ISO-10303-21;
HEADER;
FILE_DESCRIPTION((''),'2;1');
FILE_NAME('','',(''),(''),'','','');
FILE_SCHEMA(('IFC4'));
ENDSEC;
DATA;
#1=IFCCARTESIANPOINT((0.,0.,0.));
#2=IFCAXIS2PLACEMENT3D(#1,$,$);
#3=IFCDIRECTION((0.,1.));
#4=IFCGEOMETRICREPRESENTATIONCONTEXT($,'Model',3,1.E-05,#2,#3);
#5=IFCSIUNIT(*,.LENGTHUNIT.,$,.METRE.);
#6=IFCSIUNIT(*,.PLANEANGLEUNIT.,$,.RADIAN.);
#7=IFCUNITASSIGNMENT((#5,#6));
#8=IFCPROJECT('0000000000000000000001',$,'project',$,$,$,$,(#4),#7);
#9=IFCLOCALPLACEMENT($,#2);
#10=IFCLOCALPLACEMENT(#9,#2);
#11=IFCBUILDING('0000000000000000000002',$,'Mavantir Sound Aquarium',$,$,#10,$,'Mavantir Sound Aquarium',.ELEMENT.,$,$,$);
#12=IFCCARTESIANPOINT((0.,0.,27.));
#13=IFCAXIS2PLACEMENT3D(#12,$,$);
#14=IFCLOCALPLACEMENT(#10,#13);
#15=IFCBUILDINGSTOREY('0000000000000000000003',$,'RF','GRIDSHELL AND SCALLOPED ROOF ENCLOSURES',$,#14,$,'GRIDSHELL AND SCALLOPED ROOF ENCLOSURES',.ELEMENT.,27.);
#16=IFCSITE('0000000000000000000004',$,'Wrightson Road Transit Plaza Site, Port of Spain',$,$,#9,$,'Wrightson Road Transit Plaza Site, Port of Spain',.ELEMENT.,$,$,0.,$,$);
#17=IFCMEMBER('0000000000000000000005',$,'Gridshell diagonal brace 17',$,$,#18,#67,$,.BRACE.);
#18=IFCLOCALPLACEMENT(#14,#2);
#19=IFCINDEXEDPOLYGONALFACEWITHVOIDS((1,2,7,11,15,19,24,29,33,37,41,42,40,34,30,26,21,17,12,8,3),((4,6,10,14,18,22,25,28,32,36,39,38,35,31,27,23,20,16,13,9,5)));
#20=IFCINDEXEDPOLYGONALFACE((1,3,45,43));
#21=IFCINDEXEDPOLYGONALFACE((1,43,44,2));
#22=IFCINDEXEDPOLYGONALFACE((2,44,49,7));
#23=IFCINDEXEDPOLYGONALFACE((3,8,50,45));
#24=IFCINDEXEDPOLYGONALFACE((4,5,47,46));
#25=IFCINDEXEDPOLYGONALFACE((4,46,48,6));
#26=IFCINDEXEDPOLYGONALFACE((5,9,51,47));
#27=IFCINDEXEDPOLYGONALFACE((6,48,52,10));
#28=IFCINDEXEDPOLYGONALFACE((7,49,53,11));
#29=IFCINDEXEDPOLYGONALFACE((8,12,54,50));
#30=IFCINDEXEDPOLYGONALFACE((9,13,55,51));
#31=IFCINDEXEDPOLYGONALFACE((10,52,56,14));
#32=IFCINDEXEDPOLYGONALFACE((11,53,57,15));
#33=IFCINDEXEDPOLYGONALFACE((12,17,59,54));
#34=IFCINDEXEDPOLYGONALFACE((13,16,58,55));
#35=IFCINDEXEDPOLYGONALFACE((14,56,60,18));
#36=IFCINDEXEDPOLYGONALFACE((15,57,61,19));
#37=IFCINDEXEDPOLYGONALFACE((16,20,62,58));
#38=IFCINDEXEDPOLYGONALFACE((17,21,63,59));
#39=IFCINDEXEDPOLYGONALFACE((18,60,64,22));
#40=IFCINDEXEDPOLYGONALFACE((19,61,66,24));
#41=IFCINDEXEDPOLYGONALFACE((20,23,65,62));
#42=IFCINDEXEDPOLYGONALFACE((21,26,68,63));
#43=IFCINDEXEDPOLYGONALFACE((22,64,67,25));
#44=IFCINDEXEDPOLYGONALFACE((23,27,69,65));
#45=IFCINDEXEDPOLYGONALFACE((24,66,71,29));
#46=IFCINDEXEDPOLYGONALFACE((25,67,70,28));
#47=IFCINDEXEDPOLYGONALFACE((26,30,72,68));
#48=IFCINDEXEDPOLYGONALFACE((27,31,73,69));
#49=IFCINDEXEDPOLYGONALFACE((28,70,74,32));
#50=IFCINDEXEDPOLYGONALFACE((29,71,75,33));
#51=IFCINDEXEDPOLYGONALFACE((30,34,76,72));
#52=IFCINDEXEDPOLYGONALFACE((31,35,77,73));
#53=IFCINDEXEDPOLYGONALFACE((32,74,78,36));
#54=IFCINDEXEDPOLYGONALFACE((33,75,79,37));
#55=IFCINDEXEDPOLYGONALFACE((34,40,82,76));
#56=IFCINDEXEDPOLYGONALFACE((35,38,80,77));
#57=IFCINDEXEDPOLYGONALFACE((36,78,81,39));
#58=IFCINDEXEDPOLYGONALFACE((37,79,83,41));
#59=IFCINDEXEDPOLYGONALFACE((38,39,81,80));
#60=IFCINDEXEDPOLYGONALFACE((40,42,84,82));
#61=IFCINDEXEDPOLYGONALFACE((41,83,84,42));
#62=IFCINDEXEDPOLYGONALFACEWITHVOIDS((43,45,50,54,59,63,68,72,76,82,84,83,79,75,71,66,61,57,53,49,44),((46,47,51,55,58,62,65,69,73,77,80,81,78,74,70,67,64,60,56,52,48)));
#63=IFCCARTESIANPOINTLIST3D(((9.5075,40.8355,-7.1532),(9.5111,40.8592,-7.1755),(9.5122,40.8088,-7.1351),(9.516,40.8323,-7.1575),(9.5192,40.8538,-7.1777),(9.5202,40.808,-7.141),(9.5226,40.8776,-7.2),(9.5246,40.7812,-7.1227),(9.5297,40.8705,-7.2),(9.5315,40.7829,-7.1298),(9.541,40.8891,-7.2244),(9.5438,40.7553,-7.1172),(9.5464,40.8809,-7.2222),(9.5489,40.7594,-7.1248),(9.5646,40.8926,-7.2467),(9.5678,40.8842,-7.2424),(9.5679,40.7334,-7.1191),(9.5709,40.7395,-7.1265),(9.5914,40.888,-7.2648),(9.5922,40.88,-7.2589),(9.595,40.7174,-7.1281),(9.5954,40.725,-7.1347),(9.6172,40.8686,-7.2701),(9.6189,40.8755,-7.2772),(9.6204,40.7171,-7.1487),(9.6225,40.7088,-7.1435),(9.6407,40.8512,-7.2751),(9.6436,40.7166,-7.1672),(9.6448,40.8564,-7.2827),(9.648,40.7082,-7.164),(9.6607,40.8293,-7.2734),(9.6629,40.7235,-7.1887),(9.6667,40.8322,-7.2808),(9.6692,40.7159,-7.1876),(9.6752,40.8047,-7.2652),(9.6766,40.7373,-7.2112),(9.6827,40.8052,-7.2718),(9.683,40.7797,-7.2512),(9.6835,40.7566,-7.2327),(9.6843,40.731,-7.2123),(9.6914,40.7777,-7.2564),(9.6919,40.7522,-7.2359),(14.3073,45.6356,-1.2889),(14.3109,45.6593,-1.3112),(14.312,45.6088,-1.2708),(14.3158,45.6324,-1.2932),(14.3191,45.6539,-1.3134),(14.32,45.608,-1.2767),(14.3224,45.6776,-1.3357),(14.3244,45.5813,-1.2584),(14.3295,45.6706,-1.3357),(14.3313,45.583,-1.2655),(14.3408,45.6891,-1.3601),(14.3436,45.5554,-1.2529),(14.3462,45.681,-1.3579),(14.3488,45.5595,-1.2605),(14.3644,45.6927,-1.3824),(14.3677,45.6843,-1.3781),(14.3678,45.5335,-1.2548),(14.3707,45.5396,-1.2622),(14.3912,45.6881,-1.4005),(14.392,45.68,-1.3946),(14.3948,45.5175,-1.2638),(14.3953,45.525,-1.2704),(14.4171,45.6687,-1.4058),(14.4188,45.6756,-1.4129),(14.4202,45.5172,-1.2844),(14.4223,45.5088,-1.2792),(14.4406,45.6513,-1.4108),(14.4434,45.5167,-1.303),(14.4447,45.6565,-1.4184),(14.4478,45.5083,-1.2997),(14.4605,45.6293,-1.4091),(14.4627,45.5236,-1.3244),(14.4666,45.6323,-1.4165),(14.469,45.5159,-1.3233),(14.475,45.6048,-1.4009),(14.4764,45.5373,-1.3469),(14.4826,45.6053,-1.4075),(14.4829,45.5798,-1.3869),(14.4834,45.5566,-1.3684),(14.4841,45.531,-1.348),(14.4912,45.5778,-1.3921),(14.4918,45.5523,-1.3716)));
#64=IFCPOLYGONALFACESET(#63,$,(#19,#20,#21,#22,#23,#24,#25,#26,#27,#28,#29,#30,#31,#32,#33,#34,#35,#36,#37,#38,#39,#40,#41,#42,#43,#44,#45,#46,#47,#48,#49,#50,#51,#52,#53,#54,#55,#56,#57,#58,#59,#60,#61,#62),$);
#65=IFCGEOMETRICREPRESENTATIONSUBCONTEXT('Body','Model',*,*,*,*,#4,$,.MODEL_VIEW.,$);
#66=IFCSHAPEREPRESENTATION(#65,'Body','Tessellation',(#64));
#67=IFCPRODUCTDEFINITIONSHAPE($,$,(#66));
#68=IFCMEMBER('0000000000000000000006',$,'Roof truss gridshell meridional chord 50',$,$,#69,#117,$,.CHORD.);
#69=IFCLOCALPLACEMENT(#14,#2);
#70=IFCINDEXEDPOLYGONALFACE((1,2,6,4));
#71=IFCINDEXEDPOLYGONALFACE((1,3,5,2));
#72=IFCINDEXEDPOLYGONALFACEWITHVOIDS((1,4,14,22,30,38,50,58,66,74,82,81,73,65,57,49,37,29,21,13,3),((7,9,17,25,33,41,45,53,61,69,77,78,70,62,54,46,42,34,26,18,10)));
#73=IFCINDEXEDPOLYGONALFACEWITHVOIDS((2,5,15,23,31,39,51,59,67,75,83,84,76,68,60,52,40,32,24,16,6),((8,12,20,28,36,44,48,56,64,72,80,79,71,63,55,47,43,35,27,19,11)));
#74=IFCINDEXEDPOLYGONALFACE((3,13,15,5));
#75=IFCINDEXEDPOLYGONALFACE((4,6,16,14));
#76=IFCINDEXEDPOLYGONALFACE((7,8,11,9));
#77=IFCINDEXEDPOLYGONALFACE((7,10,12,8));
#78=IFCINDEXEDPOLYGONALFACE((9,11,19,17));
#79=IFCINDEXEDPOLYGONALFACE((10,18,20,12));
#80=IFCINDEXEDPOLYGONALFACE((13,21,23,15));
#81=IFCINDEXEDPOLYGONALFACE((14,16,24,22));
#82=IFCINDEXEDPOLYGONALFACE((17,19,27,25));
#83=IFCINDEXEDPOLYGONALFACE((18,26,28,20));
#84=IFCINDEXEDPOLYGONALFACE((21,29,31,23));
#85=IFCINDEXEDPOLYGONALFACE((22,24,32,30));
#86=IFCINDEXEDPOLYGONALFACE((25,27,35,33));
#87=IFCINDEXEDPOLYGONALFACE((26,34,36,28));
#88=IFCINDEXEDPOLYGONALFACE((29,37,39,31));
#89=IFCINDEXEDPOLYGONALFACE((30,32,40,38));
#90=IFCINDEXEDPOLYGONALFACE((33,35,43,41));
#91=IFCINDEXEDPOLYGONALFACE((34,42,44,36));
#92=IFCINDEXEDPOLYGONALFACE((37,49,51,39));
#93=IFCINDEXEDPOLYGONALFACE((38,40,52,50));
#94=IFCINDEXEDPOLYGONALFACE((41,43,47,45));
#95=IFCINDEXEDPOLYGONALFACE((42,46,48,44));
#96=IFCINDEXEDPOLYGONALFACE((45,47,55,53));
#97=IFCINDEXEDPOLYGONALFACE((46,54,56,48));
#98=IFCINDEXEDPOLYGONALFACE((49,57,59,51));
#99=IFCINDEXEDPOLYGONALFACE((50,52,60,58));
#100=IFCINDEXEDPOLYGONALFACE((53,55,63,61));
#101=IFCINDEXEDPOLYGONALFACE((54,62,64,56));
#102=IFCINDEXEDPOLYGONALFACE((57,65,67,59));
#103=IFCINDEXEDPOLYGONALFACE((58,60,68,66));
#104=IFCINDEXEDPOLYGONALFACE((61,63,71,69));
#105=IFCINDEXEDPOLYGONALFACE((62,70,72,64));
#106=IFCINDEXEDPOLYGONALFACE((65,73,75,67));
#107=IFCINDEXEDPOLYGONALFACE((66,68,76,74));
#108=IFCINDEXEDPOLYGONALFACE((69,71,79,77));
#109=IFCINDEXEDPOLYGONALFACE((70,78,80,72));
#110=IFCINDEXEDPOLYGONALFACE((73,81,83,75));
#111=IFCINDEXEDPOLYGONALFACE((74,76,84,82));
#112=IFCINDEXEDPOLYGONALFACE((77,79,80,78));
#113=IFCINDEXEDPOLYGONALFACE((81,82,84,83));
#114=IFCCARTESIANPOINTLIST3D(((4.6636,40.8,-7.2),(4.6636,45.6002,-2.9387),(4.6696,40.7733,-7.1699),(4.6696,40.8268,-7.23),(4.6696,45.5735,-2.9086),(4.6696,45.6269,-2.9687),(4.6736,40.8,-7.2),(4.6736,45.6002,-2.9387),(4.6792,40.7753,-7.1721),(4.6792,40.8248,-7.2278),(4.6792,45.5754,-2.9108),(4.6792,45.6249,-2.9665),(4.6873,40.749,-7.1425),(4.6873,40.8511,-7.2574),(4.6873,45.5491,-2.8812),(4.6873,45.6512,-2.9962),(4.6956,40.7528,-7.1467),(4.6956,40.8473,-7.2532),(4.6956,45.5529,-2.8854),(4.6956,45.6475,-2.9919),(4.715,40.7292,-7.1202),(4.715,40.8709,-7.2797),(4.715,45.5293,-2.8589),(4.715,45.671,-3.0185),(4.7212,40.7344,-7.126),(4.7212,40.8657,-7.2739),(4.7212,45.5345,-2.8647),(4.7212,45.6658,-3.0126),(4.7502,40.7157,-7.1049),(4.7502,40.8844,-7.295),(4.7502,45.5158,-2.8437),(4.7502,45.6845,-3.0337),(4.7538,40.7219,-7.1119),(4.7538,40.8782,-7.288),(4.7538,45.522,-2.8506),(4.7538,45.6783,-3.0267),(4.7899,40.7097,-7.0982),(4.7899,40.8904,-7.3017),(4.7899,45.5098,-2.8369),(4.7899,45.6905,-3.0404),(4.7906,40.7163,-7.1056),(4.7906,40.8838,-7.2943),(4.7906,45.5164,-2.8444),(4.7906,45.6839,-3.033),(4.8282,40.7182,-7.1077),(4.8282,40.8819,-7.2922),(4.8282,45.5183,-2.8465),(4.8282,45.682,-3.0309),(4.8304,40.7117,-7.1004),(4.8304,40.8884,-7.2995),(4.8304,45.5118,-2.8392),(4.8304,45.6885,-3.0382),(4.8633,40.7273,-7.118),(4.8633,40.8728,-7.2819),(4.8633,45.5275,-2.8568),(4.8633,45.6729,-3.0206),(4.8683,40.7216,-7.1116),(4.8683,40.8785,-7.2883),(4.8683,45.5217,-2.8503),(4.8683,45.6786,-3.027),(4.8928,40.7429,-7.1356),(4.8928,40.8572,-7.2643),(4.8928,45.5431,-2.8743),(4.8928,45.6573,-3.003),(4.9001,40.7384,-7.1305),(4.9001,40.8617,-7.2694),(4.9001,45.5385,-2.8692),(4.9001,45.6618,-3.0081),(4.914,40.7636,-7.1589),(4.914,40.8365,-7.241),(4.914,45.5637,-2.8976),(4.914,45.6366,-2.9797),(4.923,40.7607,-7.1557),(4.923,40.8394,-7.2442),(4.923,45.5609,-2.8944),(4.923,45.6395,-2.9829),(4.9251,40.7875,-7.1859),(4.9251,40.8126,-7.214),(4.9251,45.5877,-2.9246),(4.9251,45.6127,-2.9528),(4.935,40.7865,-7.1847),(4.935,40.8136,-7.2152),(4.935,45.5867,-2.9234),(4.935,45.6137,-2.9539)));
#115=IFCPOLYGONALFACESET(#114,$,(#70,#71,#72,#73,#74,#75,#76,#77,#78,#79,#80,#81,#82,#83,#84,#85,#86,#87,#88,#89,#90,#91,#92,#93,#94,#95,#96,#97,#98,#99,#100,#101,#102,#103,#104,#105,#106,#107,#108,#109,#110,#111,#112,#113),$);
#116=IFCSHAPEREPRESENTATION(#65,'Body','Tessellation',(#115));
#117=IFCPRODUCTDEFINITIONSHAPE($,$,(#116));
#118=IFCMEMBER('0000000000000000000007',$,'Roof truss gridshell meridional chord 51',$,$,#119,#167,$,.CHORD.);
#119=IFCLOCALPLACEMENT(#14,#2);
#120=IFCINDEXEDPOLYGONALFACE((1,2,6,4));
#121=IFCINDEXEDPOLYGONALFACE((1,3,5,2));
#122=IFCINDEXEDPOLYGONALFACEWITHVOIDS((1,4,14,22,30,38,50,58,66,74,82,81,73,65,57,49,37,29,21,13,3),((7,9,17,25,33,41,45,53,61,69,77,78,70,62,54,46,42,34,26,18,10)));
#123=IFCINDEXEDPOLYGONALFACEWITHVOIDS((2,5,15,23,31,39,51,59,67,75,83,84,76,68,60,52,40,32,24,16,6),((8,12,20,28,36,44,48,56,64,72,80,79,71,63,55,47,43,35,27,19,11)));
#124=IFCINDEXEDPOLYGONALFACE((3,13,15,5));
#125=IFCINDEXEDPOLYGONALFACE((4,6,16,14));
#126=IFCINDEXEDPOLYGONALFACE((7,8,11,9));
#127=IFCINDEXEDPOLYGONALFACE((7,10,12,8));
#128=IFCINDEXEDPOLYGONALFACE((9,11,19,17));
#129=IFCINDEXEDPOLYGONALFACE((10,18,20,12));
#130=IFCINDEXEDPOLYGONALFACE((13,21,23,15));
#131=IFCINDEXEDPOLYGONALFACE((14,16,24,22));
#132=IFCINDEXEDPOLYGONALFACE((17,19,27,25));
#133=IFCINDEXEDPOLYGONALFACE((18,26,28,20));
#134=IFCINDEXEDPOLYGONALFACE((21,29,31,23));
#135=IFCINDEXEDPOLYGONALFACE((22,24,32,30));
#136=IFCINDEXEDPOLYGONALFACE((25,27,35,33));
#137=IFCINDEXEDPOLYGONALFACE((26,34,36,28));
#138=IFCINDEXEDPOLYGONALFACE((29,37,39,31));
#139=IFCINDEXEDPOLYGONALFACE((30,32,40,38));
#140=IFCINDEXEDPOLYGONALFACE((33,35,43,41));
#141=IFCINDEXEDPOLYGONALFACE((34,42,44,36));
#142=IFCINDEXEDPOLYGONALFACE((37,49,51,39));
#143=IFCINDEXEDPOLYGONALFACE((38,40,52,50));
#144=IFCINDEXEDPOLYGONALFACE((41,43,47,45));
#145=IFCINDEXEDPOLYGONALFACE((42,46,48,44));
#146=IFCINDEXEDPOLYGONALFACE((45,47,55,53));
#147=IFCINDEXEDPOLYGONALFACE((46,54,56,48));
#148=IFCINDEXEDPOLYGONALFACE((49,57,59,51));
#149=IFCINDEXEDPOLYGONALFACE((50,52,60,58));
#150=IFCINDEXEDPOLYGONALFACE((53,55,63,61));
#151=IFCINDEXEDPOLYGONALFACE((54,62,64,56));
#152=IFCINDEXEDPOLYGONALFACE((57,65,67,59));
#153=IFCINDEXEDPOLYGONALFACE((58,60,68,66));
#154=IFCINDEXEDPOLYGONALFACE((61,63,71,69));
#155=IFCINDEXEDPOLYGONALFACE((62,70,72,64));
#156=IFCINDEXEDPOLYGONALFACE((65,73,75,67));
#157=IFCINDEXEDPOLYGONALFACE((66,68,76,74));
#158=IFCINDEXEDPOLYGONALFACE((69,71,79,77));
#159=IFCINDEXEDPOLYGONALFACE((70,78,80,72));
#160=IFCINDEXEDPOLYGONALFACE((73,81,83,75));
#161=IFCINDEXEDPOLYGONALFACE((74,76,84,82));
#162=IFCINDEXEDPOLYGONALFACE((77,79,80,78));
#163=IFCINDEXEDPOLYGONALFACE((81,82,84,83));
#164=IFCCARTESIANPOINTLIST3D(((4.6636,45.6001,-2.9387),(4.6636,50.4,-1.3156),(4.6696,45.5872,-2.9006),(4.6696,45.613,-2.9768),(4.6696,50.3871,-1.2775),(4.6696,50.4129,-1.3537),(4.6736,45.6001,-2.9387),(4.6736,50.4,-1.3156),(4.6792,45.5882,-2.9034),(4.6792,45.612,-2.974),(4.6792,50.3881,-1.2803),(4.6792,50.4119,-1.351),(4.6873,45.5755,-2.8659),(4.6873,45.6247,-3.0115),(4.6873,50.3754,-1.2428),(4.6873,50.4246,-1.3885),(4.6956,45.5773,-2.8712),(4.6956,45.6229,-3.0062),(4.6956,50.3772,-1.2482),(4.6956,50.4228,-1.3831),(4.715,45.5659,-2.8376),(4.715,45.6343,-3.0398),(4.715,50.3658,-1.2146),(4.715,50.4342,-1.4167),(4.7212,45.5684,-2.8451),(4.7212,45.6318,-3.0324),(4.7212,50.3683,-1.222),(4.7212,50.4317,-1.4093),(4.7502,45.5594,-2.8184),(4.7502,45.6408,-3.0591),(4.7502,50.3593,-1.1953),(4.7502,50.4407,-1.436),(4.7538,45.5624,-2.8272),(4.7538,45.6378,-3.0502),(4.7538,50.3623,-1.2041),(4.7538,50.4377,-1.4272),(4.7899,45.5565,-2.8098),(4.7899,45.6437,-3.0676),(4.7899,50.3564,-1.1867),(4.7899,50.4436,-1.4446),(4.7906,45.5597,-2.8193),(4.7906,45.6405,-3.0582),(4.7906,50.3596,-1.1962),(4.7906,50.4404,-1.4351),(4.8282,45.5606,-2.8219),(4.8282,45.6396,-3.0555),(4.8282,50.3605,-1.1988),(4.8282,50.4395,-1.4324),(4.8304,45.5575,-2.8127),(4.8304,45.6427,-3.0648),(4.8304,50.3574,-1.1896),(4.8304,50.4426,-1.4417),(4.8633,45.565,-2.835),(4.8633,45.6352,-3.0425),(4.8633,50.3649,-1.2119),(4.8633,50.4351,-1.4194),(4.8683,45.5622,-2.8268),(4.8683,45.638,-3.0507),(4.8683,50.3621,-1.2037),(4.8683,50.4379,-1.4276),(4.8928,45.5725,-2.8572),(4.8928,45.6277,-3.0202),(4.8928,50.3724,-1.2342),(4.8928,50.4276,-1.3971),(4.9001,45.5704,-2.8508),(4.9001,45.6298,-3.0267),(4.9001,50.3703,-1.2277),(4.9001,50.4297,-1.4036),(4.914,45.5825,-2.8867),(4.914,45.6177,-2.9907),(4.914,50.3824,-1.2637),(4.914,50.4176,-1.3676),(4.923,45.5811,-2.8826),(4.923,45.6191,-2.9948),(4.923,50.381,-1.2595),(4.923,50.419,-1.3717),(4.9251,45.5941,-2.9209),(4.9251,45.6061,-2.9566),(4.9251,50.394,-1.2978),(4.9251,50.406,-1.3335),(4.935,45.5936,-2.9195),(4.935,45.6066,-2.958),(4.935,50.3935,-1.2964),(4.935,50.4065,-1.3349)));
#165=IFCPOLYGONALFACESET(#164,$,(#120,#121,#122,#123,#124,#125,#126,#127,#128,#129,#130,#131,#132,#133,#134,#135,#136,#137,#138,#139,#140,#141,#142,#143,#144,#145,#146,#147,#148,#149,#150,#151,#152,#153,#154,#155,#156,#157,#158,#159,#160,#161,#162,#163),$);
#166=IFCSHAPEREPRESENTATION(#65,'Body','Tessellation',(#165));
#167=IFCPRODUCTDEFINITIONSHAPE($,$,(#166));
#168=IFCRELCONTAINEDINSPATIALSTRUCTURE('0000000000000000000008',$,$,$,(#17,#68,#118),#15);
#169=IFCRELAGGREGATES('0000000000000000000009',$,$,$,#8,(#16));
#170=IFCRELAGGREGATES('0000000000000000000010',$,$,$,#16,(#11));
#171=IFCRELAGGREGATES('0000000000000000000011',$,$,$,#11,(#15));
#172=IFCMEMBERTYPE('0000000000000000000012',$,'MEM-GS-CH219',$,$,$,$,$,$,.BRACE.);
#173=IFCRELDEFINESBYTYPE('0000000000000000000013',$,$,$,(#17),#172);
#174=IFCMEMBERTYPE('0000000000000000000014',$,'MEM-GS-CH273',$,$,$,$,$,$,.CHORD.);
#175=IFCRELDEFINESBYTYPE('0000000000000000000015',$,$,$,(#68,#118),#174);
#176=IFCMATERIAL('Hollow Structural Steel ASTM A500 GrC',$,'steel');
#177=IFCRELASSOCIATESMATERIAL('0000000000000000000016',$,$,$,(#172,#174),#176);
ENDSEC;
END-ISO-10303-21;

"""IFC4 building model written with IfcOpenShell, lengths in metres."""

from ifc_helpers import new_model, si_unit, direction, frame, origin, origin_2d, place, context, subcontext, project, spatial, hollow_circle, extrude, material, material_profile, profile_set, type_object, element, save


model = new_model("IFC4")

# Units and contexts
model_context = context("Model", 3, precision=1e-05, world=origin(), true_north=direction((0.0, 1.0)))
body_context = subcontext(model_context, "Body", "Model", "MODEL_VIEW")
ifc_project = project(units=[si_unit("LENGTHUNIT", "METRE"), si_unit("PLANEANGLEUNIT", "RADIAN")], contexts=[model_context])

# Site, building, storey
site_placement = place(None, origin())
site = spatial("IfcSite", under=ifc_project, at=site_placement, Name="Wrightson Road Transit Plaza Site, Port of Spain", LongName="Wrightson Road Transit Plaza Site, Port of Spain", CompositionType="ELEMENT", RefElevation=0.0)
building_placement = place(site_placement, origin())
building = spatial("IfcBuilding", under=site, at=building_placement, Name="Mavantir Sound Aquarium", LongName="Mavantir Sound Aquarium", CompositionType="ELEMENT")
storey_placement = place(building_placement, frame((0.0, 0.0, 27.0)))
storey = spatial("IfcBuildingStorey", under=building, at=storey_placement, Name="RF", Description="GRIDSHELL AND SCALLOPED ROOF ENCLOSURES", LongName="GRIDSHELL AND SCALLOPED ROOF ENCLOSURES", CompositionType="ELEMENT", Elevation=27.0)

# Shared definitions
ifc_material_1 = material(Name="Hollow Structural Steel ASTM A500 GrC", Category="steel")

# Members
ifc_material_profile_1 = material_profile(ifc_material_1, hollow_circle(Radius=0.1096, WallThickness=0.01, at=origin_2d()), Name="CHS 219.1X10")
ifc_profile_set_1 = profile_set([ifc_material_profile_1], Name="Hollow Structural Steel ASTM A500 GrC")
member_type_1 = type_object("IfcMemberType", Name="MEM-GS-CH219", PredefinedType="BRACE", material=ifc_profile_set_1)
member_1_placement = place(storey_placement, frame((9.6001, 40.8, -7.2), z_axis=(0.535071, 0.535099, 0.653734), x_axis=(-0.707125, 0.707089, 0.0)))
element("IfcMember", 1, at=member_1_placement, inside=storey, type_object=member_type_1, Name="Gridshell diagonal brace 17", PredefinedType="BRACE", context=body_context, shape_type="SweptSolid", body=[
    extrude(hollow_circle(Radius=0.1096, WallThickness=0.01, at=origin_2d()), origin(), (0.0, 0.0, 1.0), 8.9705),
])
ifc_material_profile_2 = material_profile(ifc_material_1, hollow_circle(Radius=0.1365, WallThickness=0.01, at=origin_2d()), Name="CHS 273X10")
ifc_profile_set_2 = profile_set([ifc_material_profile_2], Name="Hollow Structural Steel ASTM A500 GrC")
member_type_2 = type_object("IfcMemberType", Name="MEM-GS-CH273", PredefinedType="CHORD", material=ifc_profile_set_2)
member_2_placement = place(storey_placement, frame((4.8, 40.8, -7.2), z_axis=(0.0, 0.747833, 0.663887), x_axis=(-1.0, 0.0, 0.0)))
element("IfcMember", 2, at=member_2_placement, inside=storey, type_object=member_type_2, Name="Roof truss gridshell meridional chord 50", PredefinedType="CHORD", context=body_context, shape_type="SweptSolid", body=[
    extrude(hollow_circle(Radius=0.1365, WallThickness=0.01, at=origin_2d()), origin(), (0.0, 0.0, 1.0), 6.4187),
])
member_3_placement = place(storey_placement, frame((4.8, 45.6001, -2.9387), z_axis=(0.0, 0.947306, 0.32033), x_axis=(-1.0, 0.0, 0.0)))
element("IfcMember", 3, at=member_3_placement, inside=storey, type_object=member_type_2, Name="Roof truss gridshell meridional chord 51", PredefinedType="CHORD", context=body_context, shape_type="SweptSolid", body=[
    extrude(hollow_circle(Radius=0.1365, WallThickness=0.01, at=origin_2d()), origin(), (0.0, 0.0, 1.0), 5.0669),
])

save(model, "model.ifc")
